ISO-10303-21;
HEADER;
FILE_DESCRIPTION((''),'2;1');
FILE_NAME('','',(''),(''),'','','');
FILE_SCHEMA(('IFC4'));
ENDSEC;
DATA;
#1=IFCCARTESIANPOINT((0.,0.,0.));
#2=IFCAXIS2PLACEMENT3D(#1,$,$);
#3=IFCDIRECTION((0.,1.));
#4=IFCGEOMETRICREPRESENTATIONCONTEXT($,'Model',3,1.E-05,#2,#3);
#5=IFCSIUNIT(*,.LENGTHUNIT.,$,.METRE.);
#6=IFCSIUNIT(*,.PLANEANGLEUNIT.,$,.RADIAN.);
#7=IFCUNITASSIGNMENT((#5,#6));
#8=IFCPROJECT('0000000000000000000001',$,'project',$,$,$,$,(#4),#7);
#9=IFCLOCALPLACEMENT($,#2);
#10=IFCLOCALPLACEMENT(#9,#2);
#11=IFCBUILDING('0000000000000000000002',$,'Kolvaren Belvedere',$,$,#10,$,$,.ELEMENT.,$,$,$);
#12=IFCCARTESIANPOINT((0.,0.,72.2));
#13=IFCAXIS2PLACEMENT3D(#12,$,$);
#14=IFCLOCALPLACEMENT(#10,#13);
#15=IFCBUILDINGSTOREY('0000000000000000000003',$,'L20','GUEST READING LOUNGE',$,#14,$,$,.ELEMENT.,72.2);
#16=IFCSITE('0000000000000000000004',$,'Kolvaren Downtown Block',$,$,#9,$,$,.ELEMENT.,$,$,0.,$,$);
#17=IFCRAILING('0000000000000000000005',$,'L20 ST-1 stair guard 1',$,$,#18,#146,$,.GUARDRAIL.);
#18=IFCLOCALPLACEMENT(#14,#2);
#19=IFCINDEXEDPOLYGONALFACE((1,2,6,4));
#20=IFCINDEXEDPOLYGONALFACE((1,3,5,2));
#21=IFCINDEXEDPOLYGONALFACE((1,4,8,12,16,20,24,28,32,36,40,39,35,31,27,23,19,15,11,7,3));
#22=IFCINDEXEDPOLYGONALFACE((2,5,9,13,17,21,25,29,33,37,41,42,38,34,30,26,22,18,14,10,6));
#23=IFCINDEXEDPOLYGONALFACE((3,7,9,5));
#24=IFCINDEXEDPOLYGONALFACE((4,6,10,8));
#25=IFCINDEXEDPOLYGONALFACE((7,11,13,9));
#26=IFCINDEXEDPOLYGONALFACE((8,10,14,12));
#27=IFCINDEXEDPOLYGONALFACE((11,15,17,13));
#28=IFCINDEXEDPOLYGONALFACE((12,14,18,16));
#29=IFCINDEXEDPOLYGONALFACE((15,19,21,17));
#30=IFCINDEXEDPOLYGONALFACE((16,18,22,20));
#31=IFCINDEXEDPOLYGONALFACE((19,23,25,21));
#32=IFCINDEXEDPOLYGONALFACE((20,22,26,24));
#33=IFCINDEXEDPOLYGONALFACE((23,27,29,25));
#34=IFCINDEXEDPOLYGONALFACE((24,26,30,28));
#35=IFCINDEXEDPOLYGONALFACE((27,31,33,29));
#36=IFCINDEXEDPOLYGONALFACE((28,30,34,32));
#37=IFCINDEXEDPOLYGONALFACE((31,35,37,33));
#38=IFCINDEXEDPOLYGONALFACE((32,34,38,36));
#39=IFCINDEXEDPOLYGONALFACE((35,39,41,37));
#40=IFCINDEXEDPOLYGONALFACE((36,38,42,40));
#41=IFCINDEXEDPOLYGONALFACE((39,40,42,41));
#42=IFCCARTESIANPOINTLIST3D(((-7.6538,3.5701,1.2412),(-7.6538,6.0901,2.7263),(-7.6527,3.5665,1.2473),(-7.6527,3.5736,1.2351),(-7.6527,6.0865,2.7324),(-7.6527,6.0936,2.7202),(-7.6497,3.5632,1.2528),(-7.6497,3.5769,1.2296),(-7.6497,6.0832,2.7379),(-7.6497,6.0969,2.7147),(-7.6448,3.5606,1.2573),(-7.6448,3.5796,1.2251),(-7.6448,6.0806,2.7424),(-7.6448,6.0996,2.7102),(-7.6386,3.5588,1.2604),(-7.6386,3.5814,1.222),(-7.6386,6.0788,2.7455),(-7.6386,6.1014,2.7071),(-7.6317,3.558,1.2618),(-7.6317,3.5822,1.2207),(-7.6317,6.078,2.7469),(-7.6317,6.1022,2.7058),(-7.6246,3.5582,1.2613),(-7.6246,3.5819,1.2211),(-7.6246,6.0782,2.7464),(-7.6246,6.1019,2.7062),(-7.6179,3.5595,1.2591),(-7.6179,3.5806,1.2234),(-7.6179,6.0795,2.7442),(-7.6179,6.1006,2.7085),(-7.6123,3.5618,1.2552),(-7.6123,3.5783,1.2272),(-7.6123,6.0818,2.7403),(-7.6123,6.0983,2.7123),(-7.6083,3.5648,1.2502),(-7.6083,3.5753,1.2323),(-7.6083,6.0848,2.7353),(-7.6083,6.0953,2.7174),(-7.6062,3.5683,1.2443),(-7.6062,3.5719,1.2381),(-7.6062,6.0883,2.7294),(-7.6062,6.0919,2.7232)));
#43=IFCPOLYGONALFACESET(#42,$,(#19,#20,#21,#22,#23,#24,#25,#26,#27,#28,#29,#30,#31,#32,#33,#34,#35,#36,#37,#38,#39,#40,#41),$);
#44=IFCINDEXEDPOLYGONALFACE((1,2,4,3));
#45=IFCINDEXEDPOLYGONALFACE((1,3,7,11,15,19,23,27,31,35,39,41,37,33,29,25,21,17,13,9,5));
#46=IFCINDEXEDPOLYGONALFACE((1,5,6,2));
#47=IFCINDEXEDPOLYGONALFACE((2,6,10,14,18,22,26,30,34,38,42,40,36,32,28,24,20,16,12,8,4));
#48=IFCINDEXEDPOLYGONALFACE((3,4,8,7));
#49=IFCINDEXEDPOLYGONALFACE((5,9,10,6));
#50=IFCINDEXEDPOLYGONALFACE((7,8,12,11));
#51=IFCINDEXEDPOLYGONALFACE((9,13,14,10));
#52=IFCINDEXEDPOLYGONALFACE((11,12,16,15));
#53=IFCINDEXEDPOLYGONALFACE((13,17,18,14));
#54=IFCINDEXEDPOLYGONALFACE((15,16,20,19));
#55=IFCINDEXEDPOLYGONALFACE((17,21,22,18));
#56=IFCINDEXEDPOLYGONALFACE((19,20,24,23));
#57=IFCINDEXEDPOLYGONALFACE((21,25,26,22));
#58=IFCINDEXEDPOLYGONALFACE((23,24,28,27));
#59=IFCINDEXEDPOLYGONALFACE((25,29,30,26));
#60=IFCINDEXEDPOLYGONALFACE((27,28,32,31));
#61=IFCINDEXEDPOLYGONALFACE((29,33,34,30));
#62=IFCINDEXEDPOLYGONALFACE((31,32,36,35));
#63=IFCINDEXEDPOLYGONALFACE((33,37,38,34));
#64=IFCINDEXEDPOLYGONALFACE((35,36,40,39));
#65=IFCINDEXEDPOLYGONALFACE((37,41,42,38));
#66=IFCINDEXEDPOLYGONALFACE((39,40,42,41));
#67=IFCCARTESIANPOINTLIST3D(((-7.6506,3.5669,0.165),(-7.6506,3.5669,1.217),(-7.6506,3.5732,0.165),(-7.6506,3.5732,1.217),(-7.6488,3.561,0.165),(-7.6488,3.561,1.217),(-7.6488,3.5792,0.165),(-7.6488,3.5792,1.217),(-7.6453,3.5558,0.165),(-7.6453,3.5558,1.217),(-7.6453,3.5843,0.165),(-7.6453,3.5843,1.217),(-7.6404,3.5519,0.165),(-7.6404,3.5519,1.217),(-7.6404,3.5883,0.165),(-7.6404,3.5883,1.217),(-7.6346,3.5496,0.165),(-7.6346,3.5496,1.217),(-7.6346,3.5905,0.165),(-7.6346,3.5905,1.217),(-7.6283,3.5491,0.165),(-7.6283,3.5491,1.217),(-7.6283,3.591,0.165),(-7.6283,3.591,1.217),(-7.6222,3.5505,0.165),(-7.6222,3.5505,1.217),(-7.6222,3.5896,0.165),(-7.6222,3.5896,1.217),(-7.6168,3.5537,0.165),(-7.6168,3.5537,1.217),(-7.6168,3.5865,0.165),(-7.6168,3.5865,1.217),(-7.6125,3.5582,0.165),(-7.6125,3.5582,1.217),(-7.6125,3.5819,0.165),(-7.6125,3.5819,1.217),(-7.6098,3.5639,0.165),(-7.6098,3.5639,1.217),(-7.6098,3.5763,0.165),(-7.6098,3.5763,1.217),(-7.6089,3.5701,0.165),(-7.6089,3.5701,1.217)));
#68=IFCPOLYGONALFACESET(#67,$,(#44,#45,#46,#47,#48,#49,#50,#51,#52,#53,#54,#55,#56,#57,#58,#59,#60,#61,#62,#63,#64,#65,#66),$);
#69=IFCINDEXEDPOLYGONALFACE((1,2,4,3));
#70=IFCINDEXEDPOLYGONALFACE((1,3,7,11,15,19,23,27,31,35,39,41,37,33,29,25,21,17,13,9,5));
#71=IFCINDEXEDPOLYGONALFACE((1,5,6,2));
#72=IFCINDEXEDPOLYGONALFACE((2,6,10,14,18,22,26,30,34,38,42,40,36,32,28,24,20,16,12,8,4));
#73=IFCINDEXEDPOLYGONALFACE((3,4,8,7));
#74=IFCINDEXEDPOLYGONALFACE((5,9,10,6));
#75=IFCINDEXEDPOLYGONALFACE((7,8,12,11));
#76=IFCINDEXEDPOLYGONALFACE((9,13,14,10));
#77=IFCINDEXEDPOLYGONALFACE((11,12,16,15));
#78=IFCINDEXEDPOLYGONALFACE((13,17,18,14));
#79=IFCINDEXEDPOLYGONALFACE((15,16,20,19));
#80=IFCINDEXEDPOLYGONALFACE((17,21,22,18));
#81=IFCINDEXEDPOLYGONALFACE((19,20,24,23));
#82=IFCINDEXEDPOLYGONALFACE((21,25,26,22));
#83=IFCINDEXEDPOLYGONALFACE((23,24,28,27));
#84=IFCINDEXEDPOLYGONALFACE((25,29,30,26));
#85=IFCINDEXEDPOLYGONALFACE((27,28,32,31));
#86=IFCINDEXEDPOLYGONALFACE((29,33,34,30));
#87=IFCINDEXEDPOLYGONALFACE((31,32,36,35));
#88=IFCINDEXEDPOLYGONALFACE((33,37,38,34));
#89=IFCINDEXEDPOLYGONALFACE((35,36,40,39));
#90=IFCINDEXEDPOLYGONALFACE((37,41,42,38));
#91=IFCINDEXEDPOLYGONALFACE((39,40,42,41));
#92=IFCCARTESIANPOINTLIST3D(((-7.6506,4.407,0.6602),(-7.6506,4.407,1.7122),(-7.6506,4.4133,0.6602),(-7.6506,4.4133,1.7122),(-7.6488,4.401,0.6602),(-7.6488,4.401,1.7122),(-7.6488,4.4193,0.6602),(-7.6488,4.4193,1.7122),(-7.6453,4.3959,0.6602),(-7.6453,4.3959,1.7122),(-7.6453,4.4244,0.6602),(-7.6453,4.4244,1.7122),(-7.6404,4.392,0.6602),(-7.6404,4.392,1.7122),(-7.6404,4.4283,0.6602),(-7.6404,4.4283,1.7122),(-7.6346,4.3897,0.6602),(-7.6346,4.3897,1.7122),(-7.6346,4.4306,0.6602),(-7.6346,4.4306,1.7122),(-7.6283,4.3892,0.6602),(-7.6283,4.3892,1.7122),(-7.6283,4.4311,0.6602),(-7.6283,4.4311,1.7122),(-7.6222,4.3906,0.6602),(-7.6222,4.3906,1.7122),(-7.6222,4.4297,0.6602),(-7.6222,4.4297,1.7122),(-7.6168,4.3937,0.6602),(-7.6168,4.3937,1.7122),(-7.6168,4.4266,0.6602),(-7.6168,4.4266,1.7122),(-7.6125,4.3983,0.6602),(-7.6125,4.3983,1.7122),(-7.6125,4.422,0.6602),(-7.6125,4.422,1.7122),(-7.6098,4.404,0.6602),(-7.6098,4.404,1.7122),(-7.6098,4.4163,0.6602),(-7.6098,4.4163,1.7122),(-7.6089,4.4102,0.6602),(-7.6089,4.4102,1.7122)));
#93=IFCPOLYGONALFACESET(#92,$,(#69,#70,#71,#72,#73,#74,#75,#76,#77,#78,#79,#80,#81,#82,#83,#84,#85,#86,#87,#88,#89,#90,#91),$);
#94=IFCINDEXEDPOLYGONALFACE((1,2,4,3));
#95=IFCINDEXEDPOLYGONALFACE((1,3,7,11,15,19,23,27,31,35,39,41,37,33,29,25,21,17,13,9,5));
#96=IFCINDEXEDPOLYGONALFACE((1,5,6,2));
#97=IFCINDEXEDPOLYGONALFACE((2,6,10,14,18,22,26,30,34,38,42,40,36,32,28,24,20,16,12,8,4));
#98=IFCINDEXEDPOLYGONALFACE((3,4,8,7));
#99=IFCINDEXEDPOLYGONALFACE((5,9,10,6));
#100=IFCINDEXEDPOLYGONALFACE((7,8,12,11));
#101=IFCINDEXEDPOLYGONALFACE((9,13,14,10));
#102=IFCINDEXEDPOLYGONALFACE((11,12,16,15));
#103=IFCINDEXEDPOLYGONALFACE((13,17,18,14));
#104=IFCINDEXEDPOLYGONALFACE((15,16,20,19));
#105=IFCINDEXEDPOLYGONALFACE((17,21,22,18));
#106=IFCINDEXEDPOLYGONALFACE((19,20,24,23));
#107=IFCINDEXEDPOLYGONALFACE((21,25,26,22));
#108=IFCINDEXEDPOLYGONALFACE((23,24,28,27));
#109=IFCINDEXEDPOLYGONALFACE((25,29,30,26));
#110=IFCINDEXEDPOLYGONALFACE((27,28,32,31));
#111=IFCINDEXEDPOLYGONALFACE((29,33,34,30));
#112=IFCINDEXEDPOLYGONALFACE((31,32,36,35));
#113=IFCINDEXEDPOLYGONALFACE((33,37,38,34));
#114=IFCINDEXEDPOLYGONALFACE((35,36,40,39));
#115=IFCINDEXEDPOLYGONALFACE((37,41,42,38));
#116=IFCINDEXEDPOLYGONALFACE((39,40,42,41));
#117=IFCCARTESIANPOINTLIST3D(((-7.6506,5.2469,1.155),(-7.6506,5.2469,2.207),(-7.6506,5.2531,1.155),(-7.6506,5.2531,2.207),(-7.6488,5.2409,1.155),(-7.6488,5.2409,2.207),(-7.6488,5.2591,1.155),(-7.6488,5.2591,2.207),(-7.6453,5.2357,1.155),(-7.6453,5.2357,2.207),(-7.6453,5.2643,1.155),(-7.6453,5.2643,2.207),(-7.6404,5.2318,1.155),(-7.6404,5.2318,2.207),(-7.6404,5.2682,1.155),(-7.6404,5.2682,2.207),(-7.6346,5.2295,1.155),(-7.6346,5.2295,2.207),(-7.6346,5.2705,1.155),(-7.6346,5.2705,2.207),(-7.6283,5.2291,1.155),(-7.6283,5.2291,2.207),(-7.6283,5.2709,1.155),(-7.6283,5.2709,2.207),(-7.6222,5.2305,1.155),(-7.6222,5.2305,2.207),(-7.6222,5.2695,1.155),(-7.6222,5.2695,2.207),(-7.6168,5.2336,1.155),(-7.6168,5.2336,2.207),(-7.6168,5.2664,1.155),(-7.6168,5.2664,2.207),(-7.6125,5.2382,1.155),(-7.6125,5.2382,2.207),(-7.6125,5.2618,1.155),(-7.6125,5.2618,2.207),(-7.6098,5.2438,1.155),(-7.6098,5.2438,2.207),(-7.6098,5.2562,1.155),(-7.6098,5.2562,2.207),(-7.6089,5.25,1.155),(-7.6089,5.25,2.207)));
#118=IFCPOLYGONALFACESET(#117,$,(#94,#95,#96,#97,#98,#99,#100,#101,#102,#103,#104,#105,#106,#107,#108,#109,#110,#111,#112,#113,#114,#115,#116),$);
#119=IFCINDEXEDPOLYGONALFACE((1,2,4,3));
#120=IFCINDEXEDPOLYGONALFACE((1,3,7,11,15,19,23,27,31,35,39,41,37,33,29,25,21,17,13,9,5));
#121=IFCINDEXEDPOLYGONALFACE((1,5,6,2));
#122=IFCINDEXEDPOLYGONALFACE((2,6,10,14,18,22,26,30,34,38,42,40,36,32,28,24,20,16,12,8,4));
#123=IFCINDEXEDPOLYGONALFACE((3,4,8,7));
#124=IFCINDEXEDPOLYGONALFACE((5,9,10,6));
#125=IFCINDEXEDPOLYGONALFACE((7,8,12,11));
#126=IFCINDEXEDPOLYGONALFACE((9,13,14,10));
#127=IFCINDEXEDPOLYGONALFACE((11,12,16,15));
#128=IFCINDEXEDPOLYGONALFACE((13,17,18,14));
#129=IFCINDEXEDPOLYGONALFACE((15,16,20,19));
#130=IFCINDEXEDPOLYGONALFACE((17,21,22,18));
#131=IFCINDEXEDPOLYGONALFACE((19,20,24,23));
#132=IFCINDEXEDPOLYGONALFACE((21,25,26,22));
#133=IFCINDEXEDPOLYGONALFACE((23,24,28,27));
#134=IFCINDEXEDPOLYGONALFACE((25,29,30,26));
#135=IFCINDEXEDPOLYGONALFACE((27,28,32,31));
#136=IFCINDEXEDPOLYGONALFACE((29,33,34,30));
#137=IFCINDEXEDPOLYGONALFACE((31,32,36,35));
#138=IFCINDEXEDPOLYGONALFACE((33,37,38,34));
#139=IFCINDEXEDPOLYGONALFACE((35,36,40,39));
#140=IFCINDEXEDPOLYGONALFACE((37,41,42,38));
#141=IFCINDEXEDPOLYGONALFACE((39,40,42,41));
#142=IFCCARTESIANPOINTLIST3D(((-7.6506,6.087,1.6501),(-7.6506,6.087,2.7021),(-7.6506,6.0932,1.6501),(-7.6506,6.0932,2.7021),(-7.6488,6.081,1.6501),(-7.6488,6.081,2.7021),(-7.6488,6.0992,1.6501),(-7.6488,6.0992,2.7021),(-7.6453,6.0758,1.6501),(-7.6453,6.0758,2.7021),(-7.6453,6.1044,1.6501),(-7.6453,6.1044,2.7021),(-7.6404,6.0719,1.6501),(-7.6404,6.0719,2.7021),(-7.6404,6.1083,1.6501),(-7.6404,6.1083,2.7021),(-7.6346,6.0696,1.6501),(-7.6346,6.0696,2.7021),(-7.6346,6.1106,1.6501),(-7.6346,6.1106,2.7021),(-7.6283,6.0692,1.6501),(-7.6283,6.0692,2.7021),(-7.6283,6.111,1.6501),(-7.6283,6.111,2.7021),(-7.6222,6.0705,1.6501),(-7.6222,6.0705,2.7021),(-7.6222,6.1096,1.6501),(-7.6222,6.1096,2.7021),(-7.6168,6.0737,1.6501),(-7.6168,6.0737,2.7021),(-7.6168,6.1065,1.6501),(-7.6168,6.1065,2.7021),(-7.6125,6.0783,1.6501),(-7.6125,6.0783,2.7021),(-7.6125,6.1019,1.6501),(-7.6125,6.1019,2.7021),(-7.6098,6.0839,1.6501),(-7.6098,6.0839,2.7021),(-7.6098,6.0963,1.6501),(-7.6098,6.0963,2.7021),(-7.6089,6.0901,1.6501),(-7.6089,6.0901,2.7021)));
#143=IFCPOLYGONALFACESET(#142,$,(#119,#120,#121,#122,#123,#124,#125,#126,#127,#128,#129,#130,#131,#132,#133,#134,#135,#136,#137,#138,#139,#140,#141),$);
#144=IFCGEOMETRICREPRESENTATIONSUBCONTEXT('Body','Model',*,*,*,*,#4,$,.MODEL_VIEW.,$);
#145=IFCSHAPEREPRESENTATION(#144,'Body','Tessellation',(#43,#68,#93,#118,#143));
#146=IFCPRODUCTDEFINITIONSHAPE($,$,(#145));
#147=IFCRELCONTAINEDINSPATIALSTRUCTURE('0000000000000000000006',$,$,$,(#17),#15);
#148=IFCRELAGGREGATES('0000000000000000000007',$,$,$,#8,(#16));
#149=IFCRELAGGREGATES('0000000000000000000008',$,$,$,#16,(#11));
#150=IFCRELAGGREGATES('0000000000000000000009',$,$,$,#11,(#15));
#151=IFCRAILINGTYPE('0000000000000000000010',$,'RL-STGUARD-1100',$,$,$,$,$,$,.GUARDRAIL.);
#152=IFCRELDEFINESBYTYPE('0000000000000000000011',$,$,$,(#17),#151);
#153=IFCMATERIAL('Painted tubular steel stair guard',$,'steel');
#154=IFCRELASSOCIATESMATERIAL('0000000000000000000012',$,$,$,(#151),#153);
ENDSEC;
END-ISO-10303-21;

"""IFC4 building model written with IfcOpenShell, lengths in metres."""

from ifc_helpers import new_model, si_unit, direction, frame, origin, origin_2d, place, context, subcontext, project, spatial, circle, extrude, material, type_object, element, save


model = new_model("IFC4")

# Units and contexts
model_context = context("Model", 3, precision=1e-05, world=origin(), true_north=direction((0.0, 1.0)))
body_context = subcontext(model_context, "Body", "Model", "MODEL_VIEW")
ifc_project = project(units=[si_unit("LENGTHUNIT", "METRE"), si_unit("PLANEANGLEUNIT", "RADIAN")], contexts=[model_context])

# Site, building, storey
site_placement = place(None, origin())
site = spatial("IfcSite", under=ifc_project, at=site_placement, Name="Kolvaren Downtown Block", CompositionType="ELEMENT", RefElevation=0.0)
building_placement = place(site_placement, origin())
building = spatial("IfcBuilding", under=site, at=building_placement, Name="Kolvaren Belvedere", CompositionType="ELEMENT")
storey_placement = place(building_placement, frame((0.0, 0.0, 72.2)))
storey = spatial("IfcBuildingStorey", under=building, at=storey_placement, Name="L20", Description="GUEST READING LOUNGE", CompositionType="ELEMENT", Elevation=72.2)

# Railing
ifc_material_1 = material(Name="Painted tubular steel stair guard", Category="steel")
railing_type_1 = type_object("IfcRailingType", Name="RL-STGUARD-1100", PredefinedType="GUARDRAIL", material=ifc_material_1)
railing_1_placement = place(storey_placement, frame((-7.6299, 3.5701, 0.165)))
element("IfcRailing", 1, at=railing_1_placement, inside=storey, type_object=railing_type_1, Name="L20 ST-1 stair guard 1", PredefinedType="GUARDRAIL", context=body_context, shape_type="SweptSolid", body=[
    extrude(circle(Radius=0.0239, at=origin_2d()), frame((0.0, 0.0, 1.0762), z_axis=(0.0, 0.861524, 0.507717), x_axis=(-1.0, 0.0, 0.0)), (0.0, 0.0, 1.0), 2.925),
    extrude(circle(Radius=0.021, at=origin_2d()), origin(), (0.0, 0.0, 1.0), 1.052),
    extrude(circle(Radius=0.021, at=origin_2d()), frame((0.0, 0.8401, 0.4951)), (0.0, 0.0, 1.0), 1.052),
    extrude(circle(Radius=0.021, at=origin_2d()), frame((0.0, 1.6799, 0.99)), (0.0, 0.0, 1.0), 1.052),
    extrude(circle(Radius=0.021, at=origin_2d()), frame((0.0, 2.52, 1.4851)), (0.0, 0.0, 1.0), 1.052),
])

save(model, "model.ifc")
